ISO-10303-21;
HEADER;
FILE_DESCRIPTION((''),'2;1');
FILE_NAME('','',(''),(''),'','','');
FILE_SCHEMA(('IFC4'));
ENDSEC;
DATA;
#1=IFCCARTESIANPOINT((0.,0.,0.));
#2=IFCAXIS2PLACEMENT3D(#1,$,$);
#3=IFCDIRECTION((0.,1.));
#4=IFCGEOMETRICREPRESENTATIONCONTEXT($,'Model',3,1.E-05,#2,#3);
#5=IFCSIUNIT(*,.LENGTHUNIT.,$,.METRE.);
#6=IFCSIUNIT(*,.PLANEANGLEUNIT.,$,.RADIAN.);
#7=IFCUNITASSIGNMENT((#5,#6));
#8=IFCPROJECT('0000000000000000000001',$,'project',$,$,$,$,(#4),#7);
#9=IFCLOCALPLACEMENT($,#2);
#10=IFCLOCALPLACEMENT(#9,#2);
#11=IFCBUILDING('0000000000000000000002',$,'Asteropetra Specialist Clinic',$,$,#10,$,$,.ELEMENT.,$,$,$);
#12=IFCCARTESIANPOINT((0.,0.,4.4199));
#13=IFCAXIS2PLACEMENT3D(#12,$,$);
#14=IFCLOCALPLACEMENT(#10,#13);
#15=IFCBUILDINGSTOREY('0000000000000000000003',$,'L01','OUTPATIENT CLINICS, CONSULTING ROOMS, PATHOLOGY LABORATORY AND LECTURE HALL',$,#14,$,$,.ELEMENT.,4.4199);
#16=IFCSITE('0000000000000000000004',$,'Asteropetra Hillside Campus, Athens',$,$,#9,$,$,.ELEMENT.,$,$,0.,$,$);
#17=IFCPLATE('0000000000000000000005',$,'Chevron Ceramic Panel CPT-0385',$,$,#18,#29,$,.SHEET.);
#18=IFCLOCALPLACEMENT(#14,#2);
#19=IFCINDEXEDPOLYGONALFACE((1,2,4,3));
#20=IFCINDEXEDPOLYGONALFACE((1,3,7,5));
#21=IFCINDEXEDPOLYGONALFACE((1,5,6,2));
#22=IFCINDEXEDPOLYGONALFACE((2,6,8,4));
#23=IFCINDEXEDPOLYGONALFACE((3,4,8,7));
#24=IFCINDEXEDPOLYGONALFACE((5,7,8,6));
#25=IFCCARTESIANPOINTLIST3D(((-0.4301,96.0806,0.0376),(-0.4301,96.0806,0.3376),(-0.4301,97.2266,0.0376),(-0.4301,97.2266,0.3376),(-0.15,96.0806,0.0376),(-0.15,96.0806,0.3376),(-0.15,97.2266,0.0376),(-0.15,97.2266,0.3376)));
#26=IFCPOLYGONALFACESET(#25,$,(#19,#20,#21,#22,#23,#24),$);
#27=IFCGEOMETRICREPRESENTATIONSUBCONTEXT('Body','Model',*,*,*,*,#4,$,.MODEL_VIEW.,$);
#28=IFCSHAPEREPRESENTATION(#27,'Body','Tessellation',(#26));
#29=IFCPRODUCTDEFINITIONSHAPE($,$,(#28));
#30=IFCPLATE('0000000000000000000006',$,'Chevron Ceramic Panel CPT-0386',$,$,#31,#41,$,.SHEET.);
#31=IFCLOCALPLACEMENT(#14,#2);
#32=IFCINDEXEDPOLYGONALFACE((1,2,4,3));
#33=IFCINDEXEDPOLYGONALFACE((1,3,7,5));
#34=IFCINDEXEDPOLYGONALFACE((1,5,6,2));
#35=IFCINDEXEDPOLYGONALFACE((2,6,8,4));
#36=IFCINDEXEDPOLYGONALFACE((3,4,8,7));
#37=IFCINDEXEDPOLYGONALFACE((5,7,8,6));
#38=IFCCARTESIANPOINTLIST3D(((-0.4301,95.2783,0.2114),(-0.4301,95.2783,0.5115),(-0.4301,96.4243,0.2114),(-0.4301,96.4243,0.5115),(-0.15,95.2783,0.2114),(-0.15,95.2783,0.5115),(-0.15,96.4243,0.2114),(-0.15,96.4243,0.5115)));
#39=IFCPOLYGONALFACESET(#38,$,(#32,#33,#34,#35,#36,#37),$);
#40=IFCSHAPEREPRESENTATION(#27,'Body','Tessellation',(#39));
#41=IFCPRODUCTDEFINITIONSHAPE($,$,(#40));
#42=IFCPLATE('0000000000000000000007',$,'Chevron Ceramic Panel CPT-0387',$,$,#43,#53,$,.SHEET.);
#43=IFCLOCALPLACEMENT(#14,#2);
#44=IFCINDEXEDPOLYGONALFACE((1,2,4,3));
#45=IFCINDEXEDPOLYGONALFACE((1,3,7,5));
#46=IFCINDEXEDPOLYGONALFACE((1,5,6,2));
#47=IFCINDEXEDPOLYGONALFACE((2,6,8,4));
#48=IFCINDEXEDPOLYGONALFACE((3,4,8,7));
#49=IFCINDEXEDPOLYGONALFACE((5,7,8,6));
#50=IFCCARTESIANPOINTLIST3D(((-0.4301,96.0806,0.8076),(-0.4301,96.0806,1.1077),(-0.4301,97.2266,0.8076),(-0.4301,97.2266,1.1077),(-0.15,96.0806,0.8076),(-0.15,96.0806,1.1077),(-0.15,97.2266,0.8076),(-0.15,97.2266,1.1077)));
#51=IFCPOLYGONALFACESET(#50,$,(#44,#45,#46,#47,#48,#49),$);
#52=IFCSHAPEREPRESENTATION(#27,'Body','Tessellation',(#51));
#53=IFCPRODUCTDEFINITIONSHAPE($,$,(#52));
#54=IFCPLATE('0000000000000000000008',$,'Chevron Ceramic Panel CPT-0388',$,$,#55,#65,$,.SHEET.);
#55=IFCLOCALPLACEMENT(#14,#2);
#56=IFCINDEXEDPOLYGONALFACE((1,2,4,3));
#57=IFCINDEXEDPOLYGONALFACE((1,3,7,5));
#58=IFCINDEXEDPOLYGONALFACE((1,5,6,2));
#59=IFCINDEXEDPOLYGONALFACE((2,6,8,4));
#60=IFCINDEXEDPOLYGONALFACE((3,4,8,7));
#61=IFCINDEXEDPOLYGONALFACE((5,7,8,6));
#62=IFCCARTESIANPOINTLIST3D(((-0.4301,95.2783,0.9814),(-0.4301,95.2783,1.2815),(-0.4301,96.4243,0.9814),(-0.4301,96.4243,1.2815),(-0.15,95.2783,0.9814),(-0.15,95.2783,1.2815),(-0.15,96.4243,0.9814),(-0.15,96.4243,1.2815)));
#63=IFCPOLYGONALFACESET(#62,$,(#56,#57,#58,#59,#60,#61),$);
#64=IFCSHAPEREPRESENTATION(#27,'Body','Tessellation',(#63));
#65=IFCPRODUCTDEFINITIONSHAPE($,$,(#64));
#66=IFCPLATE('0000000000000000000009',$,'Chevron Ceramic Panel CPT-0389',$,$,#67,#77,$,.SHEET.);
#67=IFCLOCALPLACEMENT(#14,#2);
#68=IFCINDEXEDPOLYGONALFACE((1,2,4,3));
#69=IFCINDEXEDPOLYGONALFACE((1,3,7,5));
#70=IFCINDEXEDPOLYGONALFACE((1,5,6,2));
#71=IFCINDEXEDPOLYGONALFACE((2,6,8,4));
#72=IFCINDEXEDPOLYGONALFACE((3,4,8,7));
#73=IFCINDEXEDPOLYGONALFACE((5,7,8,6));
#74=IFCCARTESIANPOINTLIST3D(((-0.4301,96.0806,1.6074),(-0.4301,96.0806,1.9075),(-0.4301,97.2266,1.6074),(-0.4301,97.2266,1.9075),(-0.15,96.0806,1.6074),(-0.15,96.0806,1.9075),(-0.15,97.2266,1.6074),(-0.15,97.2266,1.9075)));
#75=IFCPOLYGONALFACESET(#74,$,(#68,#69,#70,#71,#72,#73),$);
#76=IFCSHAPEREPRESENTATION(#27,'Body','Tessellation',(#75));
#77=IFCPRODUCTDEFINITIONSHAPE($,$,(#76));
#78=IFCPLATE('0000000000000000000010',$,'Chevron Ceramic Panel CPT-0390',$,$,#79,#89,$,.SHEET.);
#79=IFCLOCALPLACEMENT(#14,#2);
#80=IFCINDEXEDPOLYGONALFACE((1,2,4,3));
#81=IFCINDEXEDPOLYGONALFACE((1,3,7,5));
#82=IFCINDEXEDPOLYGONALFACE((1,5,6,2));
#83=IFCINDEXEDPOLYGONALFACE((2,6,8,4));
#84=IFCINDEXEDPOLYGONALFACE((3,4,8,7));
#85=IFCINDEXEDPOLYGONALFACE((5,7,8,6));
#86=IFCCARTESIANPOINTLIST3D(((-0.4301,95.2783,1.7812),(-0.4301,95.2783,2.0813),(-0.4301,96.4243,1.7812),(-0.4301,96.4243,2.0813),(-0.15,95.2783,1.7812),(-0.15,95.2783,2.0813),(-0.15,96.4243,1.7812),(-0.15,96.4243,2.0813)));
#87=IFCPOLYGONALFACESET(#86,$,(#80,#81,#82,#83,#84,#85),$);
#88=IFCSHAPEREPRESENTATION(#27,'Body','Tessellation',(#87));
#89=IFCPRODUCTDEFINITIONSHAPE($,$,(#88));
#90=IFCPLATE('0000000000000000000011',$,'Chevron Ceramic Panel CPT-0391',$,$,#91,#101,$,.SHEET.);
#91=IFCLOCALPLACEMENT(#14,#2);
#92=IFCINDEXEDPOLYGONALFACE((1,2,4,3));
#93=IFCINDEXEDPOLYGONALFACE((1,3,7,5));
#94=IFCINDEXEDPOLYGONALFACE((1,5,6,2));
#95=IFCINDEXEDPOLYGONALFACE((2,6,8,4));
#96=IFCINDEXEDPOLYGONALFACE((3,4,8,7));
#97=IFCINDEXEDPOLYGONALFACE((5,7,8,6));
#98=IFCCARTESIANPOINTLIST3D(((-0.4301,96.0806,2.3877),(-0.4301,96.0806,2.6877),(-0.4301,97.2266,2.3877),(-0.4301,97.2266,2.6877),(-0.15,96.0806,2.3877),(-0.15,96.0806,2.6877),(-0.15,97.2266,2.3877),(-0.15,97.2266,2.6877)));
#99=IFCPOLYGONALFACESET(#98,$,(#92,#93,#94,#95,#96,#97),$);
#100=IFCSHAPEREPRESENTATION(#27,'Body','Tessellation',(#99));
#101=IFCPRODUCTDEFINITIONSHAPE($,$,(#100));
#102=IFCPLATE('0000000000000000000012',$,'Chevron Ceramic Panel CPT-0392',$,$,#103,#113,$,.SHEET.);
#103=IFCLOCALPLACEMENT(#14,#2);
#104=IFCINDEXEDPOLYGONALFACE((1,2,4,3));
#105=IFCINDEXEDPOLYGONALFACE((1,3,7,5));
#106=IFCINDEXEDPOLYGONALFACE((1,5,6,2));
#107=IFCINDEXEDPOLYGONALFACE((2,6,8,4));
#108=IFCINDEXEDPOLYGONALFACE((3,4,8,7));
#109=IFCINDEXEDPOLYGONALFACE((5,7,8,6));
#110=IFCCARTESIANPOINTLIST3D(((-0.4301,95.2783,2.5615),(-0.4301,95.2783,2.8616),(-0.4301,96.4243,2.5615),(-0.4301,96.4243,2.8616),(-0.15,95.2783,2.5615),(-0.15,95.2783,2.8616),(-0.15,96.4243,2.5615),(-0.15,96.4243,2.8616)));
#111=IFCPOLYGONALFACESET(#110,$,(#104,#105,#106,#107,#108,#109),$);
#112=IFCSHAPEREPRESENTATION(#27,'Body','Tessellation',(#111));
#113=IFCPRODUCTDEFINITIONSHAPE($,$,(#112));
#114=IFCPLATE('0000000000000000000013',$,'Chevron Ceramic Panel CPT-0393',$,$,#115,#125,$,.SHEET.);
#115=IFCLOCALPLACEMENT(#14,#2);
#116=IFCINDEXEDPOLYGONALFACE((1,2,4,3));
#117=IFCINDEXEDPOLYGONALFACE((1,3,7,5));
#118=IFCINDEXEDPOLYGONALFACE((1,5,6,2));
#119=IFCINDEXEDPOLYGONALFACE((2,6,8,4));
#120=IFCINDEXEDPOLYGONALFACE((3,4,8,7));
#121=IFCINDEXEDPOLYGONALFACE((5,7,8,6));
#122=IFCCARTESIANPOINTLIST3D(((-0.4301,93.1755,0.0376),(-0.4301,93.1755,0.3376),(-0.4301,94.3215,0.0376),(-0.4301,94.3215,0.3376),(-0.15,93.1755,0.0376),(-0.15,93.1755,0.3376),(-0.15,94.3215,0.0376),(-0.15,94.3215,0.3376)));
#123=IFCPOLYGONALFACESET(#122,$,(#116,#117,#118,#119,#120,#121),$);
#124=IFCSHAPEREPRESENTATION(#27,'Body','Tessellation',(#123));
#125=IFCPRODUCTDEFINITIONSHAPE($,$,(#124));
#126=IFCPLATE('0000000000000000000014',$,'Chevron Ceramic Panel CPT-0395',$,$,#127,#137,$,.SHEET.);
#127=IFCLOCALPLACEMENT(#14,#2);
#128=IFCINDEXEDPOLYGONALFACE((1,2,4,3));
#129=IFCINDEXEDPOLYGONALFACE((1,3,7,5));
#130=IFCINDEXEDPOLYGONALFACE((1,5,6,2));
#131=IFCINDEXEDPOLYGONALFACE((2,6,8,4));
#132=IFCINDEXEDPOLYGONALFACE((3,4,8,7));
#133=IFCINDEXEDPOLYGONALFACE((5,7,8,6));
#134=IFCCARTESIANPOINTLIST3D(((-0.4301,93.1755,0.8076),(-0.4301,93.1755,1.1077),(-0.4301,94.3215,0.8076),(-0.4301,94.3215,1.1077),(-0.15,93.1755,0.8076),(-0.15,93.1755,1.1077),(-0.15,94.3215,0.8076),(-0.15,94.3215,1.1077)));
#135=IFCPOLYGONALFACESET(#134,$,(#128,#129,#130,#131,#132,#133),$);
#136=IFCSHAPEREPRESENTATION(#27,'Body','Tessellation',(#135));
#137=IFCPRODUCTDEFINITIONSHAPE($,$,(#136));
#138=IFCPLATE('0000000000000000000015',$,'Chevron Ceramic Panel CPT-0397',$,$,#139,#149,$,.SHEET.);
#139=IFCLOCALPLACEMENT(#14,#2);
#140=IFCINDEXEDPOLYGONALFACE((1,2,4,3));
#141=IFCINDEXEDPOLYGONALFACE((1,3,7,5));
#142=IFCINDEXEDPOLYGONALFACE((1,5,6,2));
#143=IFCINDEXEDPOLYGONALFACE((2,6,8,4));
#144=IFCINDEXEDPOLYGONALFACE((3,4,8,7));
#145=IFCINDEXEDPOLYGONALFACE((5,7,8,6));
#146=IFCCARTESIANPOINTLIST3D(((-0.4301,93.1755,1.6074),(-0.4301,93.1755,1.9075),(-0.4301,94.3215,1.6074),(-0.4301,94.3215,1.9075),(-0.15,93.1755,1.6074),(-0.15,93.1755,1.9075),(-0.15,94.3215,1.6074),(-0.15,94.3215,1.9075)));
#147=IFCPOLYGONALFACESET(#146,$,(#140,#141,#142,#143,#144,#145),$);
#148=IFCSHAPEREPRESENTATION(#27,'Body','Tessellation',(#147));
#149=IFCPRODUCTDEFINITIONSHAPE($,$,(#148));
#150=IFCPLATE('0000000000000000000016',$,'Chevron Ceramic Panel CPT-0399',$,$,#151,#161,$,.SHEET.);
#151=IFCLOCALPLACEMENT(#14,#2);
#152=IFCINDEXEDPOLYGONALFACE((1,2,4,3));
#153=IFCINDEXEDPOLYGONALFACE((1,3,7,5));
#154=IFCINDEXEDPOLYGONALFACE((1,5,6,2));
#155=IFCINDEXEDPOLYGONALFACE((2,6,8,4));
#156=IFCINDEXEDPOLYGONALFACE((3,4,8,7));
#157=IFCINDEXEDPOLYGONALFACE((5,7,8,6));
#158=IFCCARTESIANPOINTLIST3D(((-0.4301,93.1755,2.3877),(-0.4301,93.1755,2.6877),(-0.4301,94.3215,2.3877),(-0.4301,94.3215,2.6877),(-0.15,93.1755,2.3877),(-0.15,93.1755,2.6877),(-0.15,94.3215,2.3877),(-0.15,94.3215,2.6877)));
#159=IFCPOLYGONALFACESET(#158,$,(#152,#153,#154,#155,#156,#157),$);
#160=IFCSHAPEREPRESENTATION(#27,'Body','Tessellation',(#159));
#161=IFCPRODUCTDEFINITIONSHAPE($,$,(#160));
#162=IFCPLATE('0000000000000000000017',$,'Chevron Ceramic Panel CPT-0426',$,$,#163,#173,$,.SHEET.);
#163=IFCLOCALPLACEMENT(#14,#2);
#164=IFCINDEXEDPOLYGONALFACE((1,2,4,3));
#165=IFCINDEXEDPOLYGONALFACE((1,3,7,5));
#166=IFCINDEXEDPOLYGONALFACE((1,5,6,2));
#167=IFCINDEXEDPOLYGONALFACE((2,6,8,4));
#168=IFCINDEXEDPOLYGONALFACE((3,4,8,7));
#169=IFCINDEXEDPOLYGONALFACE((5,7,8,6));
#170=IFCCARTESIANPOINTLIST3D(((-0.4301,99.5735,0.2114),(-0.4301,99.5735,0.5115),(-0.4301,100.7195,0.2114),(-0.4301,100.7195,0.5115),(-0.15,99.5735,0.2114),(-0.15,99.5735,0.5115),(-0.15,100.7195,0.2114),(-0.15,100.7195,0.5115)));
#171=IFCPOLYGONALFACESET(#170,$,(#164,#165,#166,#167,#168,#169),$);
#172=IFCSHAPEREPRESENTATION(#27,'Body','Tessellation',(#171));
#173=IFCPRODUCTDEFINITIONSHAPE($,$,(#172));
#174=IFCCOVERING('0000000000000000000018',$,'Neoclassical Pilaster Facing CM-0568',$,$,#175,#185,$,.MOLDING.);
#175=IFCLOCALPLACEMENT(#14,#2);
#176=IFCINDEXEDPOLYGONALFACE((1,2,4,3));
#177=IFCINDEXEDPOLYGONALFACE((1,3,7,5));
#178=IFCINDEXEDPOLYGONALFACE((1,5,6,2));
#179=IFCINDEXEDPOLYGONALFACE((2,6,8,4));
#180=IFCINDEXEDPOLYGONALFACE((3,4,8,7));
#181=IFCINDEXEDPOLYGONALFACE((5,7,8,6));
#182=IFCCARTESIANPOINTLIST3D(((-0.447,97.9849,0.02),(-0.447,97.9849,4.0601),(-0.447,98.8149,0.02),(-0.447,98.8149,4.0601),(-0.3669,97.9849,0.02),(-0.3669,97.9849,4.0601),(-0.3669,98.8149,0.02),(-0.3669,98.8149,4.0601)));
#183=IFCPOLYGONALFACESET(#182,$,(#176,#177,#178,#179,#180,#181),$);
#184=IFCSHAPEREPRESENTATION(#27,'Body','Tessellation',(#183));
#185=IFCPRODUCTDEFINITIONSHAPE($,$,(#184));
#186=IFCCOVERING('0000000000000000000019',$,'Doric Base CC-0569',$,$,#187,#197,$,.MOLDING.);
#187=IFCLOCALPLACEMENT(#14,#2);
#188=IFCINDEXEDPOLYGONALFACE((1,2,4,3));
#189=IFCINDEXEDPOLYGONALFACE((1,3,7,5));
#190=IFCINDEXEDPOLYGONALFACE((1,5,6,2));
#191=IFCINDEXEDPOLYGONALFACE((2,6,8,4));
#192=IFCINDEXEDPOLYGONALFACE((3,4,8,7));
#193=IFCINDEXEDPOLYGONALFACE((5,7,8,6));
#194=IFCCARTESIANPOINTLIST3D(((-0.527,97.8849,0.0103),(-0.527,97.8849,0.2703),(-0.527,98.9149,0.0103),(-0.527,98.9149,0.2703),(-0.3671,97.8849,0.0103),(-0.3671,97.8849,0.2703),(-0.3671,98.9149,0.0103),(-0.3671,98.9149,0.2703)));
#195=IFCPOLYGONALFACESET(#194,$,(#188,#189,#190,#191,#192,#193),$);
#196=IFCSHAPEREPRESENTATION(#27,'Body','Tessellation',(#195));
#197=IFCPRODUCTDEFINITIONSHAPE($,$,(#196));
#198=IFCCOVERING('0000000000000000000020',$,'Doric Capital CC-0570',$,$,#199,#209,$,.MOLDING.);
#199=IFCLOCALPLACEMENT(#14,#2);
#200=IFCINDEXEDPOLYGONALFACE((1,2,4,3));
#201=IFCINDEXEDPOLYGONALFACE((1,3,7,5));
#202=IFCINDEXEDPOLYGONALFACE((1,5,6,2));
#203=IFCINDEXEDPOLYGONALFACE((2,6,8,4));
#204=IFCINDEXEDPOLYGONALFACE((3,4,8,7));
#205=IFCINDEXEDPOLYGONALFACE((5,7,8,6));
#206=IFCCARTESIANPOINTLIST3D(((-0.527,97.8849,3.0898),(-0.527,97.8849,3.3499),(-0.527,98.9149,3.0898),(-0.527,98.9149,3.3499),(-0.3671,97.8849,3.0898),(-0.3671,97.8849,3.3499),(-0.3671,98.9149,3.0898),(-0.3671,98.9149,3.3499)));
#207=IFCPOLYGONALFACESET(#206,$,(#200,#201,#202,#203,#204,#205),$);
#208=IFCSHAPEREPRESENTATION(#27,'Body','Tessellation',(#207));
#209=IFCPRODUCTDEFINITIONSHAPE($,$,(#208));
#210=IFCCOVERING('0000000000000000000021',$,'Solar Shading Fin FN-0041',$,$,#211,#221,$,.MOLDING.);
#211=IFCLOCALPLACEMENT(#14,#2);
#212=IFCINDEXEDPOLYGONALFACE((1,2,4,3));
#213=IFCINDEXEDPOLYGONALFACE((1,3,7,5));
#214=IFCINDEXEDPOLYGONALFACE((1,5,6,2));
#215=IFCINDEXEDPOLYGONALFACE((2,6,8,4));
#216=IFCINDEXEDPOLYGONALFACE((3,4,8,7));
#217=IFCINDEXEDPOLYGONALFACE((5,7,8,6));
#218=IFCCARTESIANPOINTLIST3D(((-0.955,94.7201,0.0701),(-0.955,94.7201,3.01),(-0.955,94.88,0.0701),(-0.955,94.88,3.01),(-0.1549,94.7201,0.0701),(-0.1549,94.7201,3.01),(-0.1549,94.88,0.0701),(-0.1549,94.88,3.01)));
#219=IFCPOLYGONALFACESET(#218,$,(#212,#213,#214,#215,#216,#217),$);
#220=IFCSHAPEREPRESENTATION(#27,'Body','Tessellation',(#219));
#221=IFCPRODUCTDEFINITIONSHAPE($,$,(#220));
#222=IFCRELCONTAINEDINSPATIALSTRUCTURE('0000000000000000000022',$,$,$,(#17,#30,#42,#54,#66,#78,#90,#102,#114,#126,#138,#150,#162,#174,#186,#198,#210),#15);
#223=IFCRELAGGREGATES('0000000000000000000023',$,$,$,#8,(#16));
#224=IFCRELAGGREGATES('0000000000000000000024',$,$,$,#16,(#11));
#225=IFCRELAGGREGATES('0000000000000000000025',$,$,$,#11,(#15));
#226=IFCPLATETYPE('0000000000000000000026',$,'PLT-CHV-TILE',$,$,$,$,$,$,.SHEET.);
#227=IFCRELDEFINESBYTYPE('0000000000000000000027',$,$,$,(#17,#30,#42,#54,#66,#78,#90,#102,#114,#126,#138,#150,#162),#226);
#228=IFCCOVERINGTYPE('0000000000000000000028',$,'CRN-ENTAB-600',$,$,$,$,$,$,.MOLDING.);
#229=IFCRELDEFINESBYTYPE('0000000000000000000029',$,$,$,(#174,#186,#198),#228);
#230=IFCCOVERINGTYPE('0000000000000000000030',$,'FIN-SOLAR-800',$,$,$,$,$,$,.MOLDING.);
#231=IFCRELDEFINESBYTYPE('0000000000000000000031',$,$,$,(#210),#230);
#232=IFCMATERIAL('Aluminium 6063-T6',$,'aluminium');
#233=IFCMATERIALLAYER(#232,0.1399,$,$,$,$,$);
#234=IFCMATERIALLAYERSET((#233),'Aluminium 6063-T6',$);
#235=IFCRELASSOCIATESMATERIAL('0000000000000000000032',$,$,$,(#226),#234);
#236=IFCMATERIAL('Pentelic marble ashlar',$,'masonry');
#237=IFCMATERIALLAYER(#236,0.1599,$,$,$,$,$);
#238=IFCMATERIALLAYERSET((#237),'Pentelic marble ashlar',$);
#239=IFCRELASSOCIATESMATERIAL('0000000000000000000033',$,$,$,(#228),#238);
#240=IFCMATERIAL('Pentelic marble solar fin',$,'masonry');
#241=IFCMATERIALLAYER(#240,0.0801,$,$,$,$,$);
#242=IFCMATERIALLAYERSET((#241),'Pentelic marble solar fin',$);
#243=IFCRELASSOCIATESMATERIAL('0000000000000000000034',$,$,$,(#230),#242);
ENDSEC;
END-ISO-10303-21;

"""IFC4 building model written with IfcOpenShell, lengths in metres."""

from ifc_helpers import new_model, si_unit, direction, frame, origin, origin_2d, place, context, subcontext, project, spatial, rectangle, extrude, material, layer, layer_set, type_object, element, save


model = new_model("IFC4")

# Units and contexts
model_context = context("Model", 3, precision=1e-05, world=origin(), true_north=direction((0.0, 1.0)))
body_context = subcontext(model_context, "Body", "Model", "MODEL_VIEW")
ifc_project = project(units=[si_unit("LENGTHUNIT", "METRE"), si_unit("PLANEANGLEUNIT", "RADIAN")], contexts=[model_context])

# Site, building, storey
site_placement = place(None, origin())
site = spatial("IfcSite", under=ifc_project, at=site_placement, Name="Asteropetra Hillside Campus, Athens", CompositionType="ELEMENT", RefElevation=0.0)
building_placement = place(site_placement, origin())
building = spatial("IfcBuilding", under=site, at=building_placement, Name="Asteropetra Specialist Clinic", CompositionType="ELEMENT")
storey_placement = place(building_placement, frame((0.0, 0.0, 4.4199)))
storey = spatial("IfcBuildingStorey", under=building, at=storey_placement, Name="L01", Description="OUTPATIENT CLINICS, CONSULTING ROOMS, PATHOLOGY LABORATORY AND LECTURE HALL", CompositionType="ELEMENT", Elevation=4.4199)

# Plates
ifc_material_1 = material(Name="Aluminium 6063-T6", Category="aluminium")
ifc_layer_1 = layer(ifc_material_1, 0.1399)
ifc_layer_set_1 = layer_set([ifc_layer_1], Name="Aluminium 6063-T6")
plate_type_1 = type_object("IfcPlateType", Name="PLT-CHV-TILE", PredefinedType="SHEET", material=ifc_layer_set_1)
for number, where, z_axis, x_axis, name in (
    (1, (-0.29, 96.6536, 0.0376), (0.0, 0.0, 1.0), (1.0, 0.0, 0.0), "Chevron Ceramic Panel CPT-0385"),
    (2, (-0.29, 95.8513, 0.2114), (0.0, 0.0, 1.0), (1.0, 0.0, 0.0), "Chevron Ceramic Panel CPT-0386"),
    (3, (-0.29, 96.6536, 0.8076), (0.0, 0.0, 1.0), (1.0, 0.0, 0.0), "Chevron Ceramic Panel CPT-0387"),
    (4, (-0.29, 95.8513, 0.9814), (0.0, 0.0, 1.0), (1.0, 0.0, 0.0), "Chevron Ceramic Panel CPT-0388"),
    (5, (-0.29, 96.6536, 1.6074), (0.0, 0.0, 1.0), (1.0, 0.0, 0.0), "Chevron Ceramic Panel CPT-0389"),
    (6, (-0.29, 95.8513, 1.7812), (0.0, 0.0, 1.0), (1.0, 0.0, 0.0), "Chevron Ceramic Panel CPT-0390"),
    (7, (-0.29, 96.6536, 2.3877), (0.0, 0.0, 1.0), (1.0, 0.0, 0.0), "Chevron Ceramic Panel CPT-0391"),
    (8, (-0.29, 95.8513, 2.5615), (0.0, 0.0, 1.0), (1.0, 0.0, 0.0), "Chevron Ceramic Panel CPT-0392"),
    (9, (-0.29, 93.7485, 0.0376), (0.0, 0.0, 1.0), (1.0, 0.0, 0.0), "Chevron Ceramic Panel CPT-0393"),
    (10, (-0.29, 93.7485, 0.8076), (0.0, 0.0, 1.0), (1.0, 0.0, 0.0), "Chevron Ceramic Panel CPT-0395"),
    (11, (-0.29, 93.7485, 1.6074), (0.0, 0.0, 1.0), (1.0, 0.0, 0.0), "Chevron Ceramic Panel CPT-0397"),
    (12, (-0.29, 93.7485, 2.3877), (0.0, 0.0, 1.0), (1.0, 0.0, 0.0), "Chevron Ceramic Panel CPT-0399"),
    (13, (-0.29, 100.1465, 0.2114), (0.0, 0.0, 1.0), (1.0, 0.0, 0.0), "Chevron Ceramic Panel CPT-0426"),
):
    element("IfcPlate", number, at=place(storey_placement, frame(where, z_axis=z_axis, x_axis=x_axis)), inside=storey, type_object=plate_type_1, Name=name, PredefinedType="SHEET", context=body_context, shape_type="SweptSolid", body=[
        extrude(rectangle(XDim=0.28, YDim=1.146, at=origin_2d()), origin(), (0.0, 0.0, 1.0), 0.3),
    ])

# Coverings
ifc_material_2 = material(Name="Pentelic marble ashlar", Category="masonry")
ifc_layer_2 = layer(ifc_material_2, 0.1599)
ifc_layer_set_2 = layer_set([ifc_layer_2], Name="Pentelic marble ashlar")
covering_type_1 = type_object("IfcCoveringType", Name="CRN-ENTAB-600", PredefinedType="MOLDING", material=ifc_layer_set_2)
covering_1_placement = place(storey_placement, frame((-0.407, 98.3999, 0.02), z_axis=(0.0, 0.0, 1.0), x_axis=(1.0, 0.0, 0.0)))
element("IfcCovering", 14, at=covering_1_placement, inside=storey, type_object=covering_type_1, Name="Neoclassical Pilaster Facing CM-0568", PredefinedType="MOLDING", context=body_context, shape_type="SweptSolid", body=[
    extrude(rectangle(XDim=0.0801, YDim=0.8301, at=origin_2d()), origin(), (0.0, 0.0, 1.0), 4.04),
])
for number, where, z_axis, x_axis, name in (
    (15, (-0.447, 98.3999, 0.0103), (0.0, 0.0, 1.0), (1.0, 0.0, 0.0), "Doric Base CC-0569"),
    (16, (-0.447, 98.3999, 3.0898), (0.0, 0.0, 1.0), (1.0, 0.0, 0.0), "Doric Capital CC-0570"),
):
    element("IfcCovering", number, at=place(storey_placement, frame(where, z_axis=z_axis, x_axis=x_axis)), inside=storey, type_object=covering_type_1, Name=name, PredefinedType="MOLDING", context=body_context, shape_type="SweptSolid", body=[
        extrude(rectangle(XDim=0.1599, YDim=1.03, at=origin_2d()), origin(), (0.0, 0.0, 1.0), 0.26),
    ])
ifc_material_3 = material(Name="Pentelic marble solar fin", Category="masonry")
ifc_layer_3 = layer(ifc_material_3, 0.0801)
ifc_layer_set_3 = layer_set([ifc_layer_3], Name="Pentelic marble solar fin")
covering_type_2 = type_object("IfcCoveringType", Name="FIN-SOLAR-800", PredefinedType="MOLDING", material=ifc_layer_set_3)
covering_2_placement = place(storey_placement, frame((-0.5549, 94.8, 0.0701), z_axis=(0.0, 0.0, 1.0), x_axis=(1.0, 0.0, 0.0)))
element("IfcCovering", 17, at=covering_2_placement, inside=storey, type_object=covering_type_2, Name="Solar Shading Fin FN-0041", PredefinedType="MOLDING", context=body_context, shape_type="SweptSolid", body=[
    extrude(rectangle(XDim=0.8, YDim=0.1599, at=origin_2d()), origin(), (0.0, 0.0, 1.0), 2.9399),
])

save(model, "model.ifc")
